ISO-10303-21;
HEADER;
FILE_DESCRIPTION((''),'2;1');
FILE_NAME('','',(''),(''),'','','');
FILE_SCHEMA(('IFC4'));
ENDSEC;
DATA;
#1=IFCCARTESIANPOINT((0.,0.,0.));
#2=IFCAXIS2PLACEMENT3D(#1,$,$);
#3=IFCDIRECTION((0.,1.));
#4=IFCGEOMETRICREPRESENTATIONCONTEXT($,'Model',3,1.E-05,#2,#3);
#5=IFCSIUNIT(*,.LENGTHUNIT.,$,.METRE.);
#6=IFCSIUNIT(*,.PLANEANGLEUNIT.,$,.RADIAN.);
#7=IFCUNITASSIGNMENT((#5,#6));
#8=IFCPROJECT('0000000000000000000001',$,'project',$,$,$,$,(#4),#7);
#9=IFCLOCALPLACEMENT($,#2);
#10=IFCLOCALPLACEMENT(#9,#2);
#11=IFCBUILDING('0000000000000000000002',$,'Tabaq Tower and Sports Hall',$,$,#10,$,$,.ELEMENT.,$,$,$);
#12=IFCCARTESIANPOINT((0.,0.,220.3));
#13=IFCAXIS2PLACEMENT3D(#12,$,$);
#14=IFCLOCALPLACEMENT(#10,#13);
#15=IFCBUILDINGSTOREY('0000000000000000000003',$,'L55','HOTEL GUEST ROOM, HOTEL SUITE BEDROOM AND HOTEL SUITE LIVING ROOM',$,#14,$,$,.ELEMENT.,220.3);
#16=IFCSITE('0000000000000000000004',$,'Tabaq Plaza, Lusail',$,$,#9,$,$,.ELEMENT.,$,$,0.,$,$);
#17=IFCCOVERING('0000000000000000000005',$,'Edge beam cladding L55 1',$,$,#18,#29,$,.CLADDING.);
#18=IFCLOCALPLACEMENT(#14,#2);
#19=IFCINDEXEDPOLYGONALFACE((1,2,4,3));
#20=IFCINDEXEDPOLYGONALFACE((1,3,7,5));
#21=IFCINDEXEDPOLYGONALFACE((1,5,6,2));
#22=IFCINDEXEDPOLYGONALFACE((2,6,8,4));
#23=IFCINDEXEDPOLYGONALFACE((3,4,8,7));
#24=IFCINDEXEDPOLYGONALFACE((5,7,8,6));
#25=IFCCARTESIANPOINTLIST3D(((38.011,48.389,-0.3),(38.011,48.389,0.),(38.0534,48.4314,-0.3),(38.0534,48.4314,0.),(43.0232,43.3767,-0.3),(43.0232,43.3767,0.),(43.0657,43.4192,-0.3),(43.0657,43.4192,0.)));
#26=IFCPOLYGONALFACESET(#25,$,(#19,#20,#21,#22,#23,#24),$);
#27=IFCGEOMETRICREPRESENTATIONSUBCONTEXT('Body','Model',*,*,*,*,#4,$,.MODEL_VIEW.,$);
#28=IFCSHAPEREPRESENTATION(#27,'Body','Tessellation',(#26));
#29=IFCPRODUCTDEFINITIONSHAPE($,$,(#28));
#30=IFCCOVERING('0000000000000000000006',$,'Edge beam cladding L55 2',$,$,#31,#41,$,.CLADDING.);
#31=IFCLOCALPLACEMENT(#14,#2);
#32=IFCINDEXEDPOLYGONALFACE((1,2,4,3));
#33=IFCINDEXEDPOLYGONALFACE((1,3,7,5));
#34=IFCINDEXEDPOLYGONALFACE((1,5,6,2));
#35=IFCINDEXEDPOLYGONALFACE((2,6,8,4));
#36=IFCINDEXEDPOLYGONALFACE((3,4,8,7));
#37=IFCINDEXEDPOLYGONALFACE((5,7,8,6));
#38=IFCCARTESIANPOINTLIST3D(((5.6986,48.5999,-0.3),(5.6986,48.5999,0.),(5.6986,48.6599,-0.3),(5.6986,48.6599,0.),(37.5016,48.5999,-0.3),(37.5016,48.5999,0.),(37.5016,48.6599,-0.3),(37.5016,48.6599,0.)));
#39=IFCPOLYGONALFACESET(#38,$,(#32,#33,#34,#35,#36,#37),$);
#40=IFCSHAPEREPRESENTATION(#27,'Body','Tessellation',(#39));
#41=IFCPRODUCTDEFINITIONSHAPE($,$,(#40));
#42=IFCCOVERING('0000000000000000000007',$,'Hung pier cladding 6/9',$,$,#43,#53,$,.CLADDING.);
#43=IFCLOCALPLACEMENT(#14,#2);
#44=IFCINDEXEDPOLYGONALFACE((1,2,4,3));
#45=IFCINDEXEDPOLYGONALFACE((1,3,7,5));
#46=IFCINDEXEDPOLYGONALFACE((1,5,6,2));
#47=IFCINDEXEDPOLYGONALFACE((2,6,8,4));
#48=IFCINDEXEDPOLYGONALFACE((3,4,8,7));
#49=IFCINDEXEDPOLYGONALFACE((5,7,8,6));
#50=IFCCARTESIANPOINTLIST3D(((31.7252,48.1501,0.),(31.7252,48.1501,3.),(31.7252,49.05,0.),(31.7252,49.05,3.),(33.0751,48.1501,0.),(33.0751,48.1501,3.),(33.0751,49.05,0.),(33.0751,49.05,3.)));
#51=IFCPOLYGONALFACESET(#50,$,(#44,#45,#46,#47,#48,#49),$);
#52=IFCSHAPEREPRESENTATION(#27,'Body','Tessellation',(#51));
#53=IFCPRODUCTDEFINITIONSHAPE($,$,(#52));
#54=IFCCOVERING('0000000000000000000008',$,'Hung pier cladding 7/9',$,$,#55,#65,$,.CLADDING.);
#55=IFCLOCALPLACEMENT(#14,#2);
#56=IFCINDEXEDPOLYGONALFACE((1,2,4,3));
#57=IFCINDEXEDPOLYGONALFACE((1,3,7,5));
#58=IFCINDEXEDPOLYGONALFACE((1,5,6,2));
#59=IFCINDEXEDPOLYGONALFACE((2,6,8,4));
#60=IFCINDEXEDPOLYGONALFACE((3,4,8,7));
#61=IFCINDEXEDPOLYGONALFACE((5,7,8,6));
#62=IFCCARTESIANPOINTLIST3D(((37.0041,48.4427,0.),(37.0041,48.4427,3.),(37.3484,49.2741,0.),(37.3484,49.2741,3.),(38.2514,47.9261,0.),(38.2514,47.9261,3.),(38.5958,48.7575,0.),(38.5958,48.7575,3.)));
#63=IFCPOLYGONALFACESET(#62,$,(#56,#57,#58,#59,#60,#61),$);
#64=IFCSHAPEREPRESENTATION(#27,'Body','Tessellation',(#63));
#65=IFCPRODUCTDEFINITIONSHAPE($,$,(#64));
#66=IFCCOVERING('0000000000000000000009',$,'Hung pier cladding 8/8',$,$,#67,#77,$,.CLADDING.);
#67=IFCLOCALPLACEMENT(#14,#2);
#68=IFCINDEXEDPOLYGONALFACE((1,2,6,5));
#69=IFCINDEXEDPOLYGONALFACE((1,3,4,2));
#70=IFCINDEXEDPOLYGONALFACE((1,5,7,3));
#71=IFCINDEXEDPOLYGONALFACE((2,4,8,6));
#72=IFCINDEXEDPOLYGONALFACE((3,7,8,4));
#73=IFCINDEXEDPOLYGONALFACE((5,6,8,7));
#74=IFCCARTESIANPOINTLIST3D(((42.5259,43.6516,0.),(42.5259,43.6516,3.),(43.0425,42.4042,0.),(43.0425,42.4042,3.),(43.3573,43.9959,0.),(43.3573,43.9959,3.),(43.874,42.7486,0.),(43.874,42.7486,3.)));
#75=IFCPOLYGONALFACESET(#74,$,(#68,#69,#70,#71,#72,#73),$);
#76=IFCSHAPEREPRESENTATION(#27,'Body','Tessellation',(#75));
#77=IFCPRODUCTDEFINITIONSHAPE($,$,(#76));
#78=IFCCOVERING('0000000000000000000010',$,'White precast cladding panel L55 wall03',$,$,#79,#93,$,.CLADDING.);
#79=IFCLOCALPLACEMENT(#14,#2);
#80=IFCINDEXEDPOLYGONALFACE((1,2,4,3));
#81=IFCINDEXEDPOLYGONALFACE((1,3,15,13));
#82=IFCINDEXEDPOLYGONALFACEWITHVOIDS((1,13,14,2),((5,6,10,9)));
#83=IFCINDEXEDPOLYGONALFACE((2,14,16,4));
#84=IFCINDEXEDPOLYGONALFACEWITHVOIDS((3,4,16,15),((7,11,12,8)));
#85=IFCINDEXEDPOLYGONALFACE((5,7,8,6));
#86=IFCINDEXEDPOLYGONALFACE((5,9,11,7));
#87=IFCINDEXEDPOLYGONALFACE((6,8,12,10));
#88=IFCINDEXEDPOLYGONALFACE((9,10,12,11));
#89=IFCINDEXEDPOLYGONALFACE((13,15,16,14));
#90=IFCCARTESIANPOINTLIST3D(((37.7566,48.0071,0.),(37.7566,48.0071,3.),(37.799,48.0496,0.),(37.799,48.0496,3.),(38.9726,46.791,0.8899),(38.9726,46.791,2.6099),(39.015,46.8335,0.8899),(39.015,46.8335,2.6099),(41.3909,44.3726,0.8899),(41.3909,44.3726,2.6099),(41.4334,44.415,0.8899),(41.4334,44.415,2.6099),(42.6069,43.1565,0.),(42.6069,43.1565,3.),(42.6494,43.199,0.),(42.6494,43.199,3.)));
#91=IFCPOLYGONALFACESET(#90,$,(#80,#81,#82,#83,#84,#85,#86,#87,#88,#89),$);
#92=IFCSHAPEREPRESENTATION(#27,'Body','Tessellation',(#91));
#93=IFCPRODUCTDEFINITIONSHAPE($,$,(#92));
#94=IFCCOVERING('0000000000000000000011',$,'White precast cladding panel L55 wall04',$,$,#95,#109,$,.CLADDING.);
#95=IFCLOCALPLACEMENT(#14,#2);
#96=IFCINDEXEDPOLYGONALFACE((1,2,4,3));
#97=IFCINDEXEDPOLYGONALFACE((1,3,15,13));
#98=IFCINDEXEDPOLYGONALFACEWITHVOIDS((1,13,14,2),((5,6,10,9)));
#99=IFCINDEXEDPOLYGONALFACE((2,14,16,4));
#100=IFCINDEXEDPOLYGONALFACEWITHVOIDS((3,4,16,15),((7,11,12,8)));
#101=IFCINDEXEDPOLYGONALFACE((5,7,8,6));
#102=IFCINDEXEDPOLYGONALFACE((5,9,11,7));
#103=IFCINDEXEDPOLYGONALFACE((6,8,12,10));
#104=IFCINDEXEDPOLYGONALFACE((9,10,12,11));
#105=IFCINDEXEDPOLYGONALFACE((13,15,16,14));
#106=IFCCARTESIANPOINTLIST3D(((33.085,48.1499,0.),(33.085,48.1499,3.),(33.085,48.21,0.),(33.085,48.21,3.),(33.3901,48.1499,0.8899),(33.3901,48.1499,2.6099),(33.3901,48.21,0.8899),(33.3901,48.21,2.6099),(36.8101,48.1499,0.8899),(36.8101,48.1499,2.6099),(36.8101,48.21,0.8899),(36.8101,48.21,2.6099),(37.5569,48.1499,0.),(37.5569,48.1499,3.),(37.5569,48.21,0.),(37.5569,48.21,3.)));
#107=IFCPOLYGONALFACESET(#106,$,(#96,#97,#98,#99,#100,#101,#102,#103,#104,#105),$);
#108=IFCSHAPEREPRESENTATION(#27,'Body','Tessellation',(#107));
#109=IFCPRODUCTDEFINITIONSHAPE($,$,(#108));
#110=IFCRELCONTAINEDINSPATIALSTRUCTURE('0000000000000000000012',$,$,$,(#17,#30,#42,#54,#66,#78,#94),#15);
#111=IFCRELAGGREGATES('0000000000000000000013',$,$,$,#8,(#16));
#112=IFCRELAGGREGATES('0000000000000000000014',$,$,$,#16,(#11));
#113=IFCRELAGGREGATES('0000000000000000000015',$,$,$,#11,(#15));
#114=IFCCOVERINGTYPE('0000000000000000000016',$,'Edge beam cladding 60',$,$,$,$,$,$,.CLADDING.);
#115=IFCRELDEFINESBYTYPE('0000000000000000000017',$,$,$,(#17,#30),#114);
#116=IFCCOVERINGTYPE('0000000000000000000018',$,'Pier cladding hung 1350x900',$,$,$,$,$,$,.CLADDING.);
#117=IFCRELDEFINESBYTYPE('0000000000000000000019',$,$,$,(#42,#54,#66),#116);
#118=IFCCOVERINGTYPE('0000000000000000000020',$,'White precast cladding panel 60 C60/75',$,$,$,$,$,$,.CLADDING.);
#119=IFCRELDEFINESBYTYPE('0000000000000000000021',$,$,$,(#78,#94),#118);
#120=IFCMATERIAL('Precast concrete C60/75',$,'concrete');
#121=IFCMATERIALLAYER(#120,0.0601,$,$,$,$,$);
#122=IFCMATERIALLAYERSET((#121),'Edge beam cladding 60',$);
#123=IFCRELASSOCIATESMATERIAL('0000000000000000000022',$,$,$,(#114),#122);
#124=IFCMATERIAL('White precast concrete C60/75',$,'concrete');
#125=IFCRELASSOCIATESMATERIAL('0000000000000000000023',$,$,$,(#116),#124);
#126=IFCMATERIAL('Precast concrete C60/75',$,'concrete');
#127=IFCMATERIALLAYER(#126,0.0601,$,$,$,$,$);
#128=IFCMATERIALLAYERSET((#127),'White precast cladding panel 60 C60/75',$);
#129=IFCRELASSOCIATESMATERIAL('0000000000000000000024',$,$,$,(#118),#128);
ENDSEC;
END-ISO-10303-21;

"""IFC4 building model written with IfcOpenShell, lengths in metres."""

from ifc_helpers import new_model, si_unit, direction, frame, frame_2d, origin, place, context, subcontext, project, spatial, polyline, rectangle, outline, extrude, material, layer, layer_set, type_object, element, save


model = new_model("IFC4")

# Units and contexts
model_context = context("Model", 3, precision=1e-05, world=origin(), true_north=direction((0.0, 1.0)))
body_context = subcontext(model_context, "Body", "Model", "MODEL_VIEW")
ifc_project = project(units=[si_unit("LENGTHUNIT", "METRE"), si_unit("PLANEANGLEUNIT", "RADIAN")], contexts=[model_context])

# Site, building, storey
site_placement = place(None, origin())
site = spatial("IfcSite", under=ifc_project, at=site_placement, Name="Tabaq Plaza, Lusail", CompositionType="ELEMENT", RefElevation=0.0)
building_placement = place(site_placement, origin())
building = spatial("IfcBuilding", under=site, at=building_placement, Name="Tabaq Tower and Sports Hall", CompositionType="ELEMENT")
storey_placement = place(building_placement, frame((0.0, 0.0, 220.3)))
storey = spatial("IfcBuildingStorey", under=building, at=storey_placement, Name="L55", Description="HOTEL GUEST ROOM, HOTEL SUITE BEDROOM AND HOTEL SUITE LIVING ROOM", CompositionType="ELEMENT", Elevation=220.3)

# Coverings
ifc_material_1 = material(Name="Precast concrete C60/75", Category="concrete")
ifc_layer_1 = layer(ifc_material_1, 0.0601)
ifc_layer_set_1 = layer_set([ifc_layer_1], Name="Edge beam cladding 60")
covering_type_1 = type_object("IfcCoveringType", Name="Edge beam cladding 60", PredefinedType="CLADDING", material=ifc_layer_set_1)
covering_1_placement = place(storey_placement, frame((43.0444, 43.3979, -0.3), z_axis=(0.0, 0.0, 1.0), x_axis=(-0.707107, 0.707107, 0.0)))
element("IfcCovering", 1, at=covering_1_placement, inside=storey, type_object=covering_type_1, Name="Edge beam cladding L55 1", PredefinedType="CLADDING", context=body_context, shape_type="SweptSolid", body=[
    extrude(rectangle(XDim=7.0884, YDim=0.0601, at=frame_2d((3.5442, 0.0))), origin(), (0.0, 0.0, 1.0), 0.3),
])
covering_2_placement = place(storey_placement, frame((37.5015, 48.6299, -0.3), z_axis=(0.0, 0.0, 1.0), x_axis=(-1.0, 0.0, 0.0)))
element("IfcCovering", 2, at=covering_2_placement, inside=storey, type_object=covering_type_1, Name="Edge beam cladding L55 2", PredefinedType="CLADDING", context=body_context, shape_type="SweptSolid", body=[
    extrude(rectangle(XDim=31.803, YDim=0.0601, at=frame_2d((15.9014, 0.0))), origin(), (0.0, 0.0, 1.0), 0.3),
])
ifc_material_2 = material(Name="White precast concrete C60/75", Category="concrete")
covering_type_2 = type_object("IfcCoveringType", Name="Pier cladding hung 1350x900", PredefinedType="CLADDING", material=ifc_material_2)
covering_3_placement = place(storey_placement, frame((33.075, 48.6001, 0.0), z_axis=(0.0, 0.0, 1.0), x_axis=(-1.0, 0.0, 0.0)))
element("IfcCovering", 3, at=covering_3_placement, inside=storey, type_object=covering_type_2, Name="Hung pier cladding 6/9", PredefinedType="CLADDING", context=body_context, shape_type="SweptSolid", body=[
    extrude(rectangle(XDim=1.3499, YDim=0.8999, at=frame_2d((0.6748, 0.0))), origin(), (0.0, 0.0, 1.0), 3.0),
])
for number, where, z_axis, x_axis, name in (
    (4, (38.4236, 48.3418, 0.0), (0.0, 0.0, 1.0), (-0.923893, 0.38265, 0.0), "Hung pier cladding 7/9"),
    (5, (43.4583, 42.5764, 0.0), (0.0, 0.0, 1.0), (-0.38265, 0.923893, 0.0), "Hung pier cladding 8/8"),
):
    element("IfcCovering", number, at=place(storey_placement, frame(where, z_axis=z_axis, x_axis=x_axis)), inside=storey, type_object=covering_type_2, Name=name, PredefinedType="CLADDING", context=body_context, shape_type="SweptSolid", body=[
        extrude(rectangle(XDim=1.3501, YDim=0.8999, at=frame_2d((0.675, 0.0))), origin(), (0.0, 0.0, 1.0), 3.0),
    ])
ifc_material_3 = material(Name="Precast concrete C60/75", Category="concrete")
ifc_layer_2 = layer(ifc_material_3, 0.0601)
ifc_layer_set_2 = layer_set([ifc_layer_2], Name="White precast cladding panel 60 C60/75")
covering_type_3 = type_object("IfcCoveringType", Name="White precast cladding panel 60 C60/75", PredefinedType="CLADDING", material=ifc_layer_set_2)
covering_4_placement = place(storey_placement, frame((42.6282, 43.1777, 0.0), z_axis=(0.0, 0.0, 1.0), x_axis=(-0.707089, 0.707125, 0.0)))
element("IfcCovering", 6, at=covering_4_placement, inside=storey, type_object=covering_type_3, Name="White precast cladding panel L55 wall03", PredefinedType="CLADDING", context=body_context, shape_type="SweptSolid", body=[
    extrude(outline(polyline([(0.0, 0.0), (6.8596, 0.0), (6.8596, 3.0), (0.0, 3.0), (0.0, 0.0)]), holes=[polyline([(1.7197, 0.8899), (1.7197, 2.6099), (5.1399, 2.6099), (5.1399, 0.8899), (1.7197, 0.8899)])]), frame((0.0, 0.03, 0.0), z_axis=(0.0, -1.0, 0.0), x_axis=(1.0, 0.0, 0.0)), (0.0, 0.0, 1.0), 0.0601),
])
covering_5_placement = place(storey_placement, frame((37.5569, 48.1799, 0.0), z_axis=(0.0, 0.0, 1.0), x_axis=(-1.0, 0.0, 0.0)))
element("IfcCovering", 7, at=covering_5_placement, inside=storey, type_object=covering_type_3, Name="White precast cladding panel L55 wall04", PredefinedType="CLADDING", context=body_context, shape_type="SweptSolid", body=[
    extrude(outline(polyline([(0.0, 0.0), (4.4719, 0.0), (4.4719, 3.0), (0.0, 3.0), (0.0, 0.0)]), holes=[polyline([(0.7468, 0.8899), (0.7468, 2.6099), (4.1667, 2.6099), (4.1667, 0.8899), (0.7468, 0.8899)])]), frame((0.0, 0.03, 0.0), z_axis=(0.0, -1.0, 0.0), x_axis=(1.0, 0.0, 0.0)), (0.0, 0.0, 1.0), 0.0601),
])

save(model, "model.ifc")
